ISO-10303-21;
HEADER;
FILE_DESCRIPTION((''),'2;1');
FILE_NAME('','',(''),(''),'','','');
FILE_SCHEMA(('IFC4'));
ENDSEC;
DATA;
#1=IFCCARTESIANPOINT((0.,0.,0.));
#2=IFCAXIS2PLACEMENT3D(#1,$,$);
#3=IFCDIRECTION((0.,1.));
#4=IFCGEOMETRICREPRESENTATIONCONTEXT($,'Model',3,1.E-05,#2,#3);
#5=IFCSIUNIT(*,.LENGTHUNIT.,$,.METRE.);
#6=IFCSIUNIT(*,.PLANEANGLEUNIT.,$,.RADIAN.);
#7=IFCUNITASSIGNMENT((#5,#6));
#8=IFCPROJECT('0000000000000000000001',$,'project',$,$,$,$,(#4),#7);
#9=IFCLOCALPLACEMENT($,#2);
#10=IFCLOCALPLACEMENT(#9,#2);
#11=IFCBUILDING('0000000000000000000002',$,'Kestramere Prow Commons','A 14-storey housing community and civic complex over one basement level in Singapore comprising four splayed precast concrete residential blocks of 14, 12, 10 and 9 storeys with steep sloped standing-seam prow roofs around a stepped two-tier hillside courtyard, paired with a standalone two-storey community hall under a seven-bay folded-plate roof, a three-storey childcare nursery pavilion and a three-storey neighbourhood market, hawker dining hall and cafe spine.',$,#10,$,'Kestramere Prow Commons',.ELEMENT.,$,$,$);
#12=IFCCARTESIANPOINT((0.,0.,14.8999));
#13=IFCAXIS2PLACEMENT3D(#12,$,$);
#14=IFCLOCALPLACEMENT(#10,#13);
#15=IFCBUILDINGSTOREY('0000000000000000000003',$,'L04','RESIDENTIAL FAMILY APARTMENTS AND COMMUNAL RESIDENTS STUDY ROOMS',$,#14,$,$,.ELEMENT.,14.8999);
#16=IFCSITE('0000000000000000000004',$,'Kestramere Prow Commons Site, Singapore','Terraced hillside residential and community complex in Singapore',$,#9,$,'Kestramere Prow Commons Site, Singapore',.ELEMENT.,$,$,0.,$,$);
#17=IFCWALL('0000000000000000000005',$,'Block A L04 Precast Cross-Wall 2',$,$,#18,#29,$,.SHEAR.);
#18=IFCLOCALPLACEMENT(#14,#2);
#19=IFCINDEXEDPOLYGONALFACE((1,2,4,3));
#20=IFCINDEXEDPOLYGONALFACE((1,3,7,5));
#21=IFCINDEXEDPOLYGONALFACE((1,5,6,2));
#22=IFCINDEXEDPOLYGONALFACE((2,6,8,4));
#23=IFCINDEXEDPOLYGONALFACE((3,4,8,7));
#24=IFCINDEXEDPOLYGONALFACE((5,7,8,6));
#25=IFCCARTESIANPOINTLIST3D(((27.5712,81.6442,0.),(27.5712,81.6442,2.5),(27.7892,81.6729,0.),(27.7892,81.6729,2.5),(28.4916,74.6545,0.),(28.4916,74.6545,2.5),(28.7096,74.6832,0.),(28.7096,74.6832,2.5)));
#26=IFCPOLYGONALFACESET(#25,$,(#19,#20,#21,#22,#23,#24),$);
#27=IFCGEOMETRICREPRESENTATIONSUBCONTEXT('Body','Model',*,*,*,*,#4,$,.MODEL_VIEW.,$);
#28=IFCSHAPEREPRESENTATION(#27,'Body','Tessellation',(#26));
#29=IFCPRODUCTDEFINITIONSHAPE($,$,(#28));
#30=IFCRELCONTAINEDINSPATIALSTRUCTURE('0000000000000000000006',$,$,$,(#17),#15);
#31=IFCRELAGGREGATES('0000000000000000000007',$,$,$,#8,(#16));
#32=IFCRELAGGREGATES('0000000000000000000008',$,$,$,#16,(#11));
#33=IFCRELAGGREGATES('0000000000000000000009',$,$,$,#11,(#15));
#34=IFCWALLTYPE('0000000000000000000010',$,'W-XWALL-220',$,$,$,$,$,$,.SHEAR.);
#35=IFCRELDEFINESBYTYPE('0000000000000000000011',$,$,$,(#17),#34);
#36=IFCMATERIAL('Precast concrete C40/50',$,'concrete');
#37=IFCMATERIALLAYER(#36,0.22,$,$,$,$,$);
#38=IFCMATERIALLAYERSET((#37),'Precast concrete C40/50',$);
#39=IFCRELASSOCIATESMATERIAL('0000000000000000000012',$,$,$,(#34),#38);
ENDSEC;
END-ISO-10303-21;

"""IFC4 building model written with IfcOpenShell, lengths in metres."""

from ifc_helpers import new_model, si_unit, direction, frame, frame_2d, origin, place, context, subcontext, project, spatial, rectangle, extrude, material, layer, layer_set, type_object, element, save


model = new_model("IFC4")

# Units and contexts
model_context = context("Model", 3, precision=1e-05, world=origin(), true_north=direction((0.0, 1.0)))
body_context = subcontext(model_context, "Body", "Model", "MODEL_VIEW")
ifc_project = project(units=[si_unit("LENGTHUNIT", "METRE"), si_unit("PLANEANGLEUNIT", "RADIAN")], contexts=[model_context])

# Site, building, storey
site_placement = place(None, origin())
site = spatial("IfcSite", under=ifc_project, at=site_placement, Name="Kestramere Prow Commons Site, Singapore", Description="Terraced hillside residential and community complex in Singapore", LongName="Kestramere Prow Commons Site, Singapore", CompositionType="ELEMENT", RefElevation=0.0)
building_placement = place(site_placement, origin())
building = spatial("IfcBuilding", under=site, at=building_placement, Name="Kestramere Prow Commons", Description="A 14-storey housing community and civic complex over one basement level in Singapore comprising four splayed precast concrete residential blocks of 14, 12, 10 and 9 storeys with steep sloped standing-seam prow roofs around a stepped two-tier hillside courtyard, paired with a standalone two-storey community hall under a seven-bay folded-plate roof, a three-storey childcare nursery pavilion and a three-storey neighbourhood market, hawker dining hall and cafe spine.", LongName="Kestramere Prow Commons", CompositionType="ELEMENT")
storey_placement = place(building_placement, frame((0.0, 0.0, 14.8999)))
storey = spatial("IfcBuildingStorey", under=building, at=storey_placement, Name="L04", Description="RESIDENTIAL FAMILY APARTMENTS AND COMMUNAL RESIDENTS STUDY ROOMS", CompositionType="ELEMENT", Elevation=14.8999)

# Shared definitions
ifc_material_1 = material(Name="Precast concrete C40/50", Category="concrete")

# Wall
ifc_layer_1 = layer(ifc_material_1, 0.22)
ifc_layer_set_1 = layer_set([ifc_layer_1], Name="Precast concrete C40/50")
wall_type_1 = type_object("IfcWallType", Name="W-XWALL-220", PredefinedType="SHEAR", material=ifc_layer_set_1)
wall_1_placement = place(storey_placement, frame((28.6006, 74.6689, 0.0), z_axis=(0.0, 0.0, 1.0), x_axis=(-0.130553, 0.991441, 0.0)))
element("IfcWall", 1, at=wall_1_placement, inside=storey, type_object=wall_type_1, Name="Block A L04 Precast Cross-Wall 2", PredefinedType="SHEAR", context=body_context, shape_type="SweptSolid", body=[
    extrude(rectangle(XDim=7.05, YDim=0.22, at=frame_2d((3.5249, 0.0))), origin(), (0.0, 0.0, 1.0), 2.5),
])

save(model, "model.ifc")
